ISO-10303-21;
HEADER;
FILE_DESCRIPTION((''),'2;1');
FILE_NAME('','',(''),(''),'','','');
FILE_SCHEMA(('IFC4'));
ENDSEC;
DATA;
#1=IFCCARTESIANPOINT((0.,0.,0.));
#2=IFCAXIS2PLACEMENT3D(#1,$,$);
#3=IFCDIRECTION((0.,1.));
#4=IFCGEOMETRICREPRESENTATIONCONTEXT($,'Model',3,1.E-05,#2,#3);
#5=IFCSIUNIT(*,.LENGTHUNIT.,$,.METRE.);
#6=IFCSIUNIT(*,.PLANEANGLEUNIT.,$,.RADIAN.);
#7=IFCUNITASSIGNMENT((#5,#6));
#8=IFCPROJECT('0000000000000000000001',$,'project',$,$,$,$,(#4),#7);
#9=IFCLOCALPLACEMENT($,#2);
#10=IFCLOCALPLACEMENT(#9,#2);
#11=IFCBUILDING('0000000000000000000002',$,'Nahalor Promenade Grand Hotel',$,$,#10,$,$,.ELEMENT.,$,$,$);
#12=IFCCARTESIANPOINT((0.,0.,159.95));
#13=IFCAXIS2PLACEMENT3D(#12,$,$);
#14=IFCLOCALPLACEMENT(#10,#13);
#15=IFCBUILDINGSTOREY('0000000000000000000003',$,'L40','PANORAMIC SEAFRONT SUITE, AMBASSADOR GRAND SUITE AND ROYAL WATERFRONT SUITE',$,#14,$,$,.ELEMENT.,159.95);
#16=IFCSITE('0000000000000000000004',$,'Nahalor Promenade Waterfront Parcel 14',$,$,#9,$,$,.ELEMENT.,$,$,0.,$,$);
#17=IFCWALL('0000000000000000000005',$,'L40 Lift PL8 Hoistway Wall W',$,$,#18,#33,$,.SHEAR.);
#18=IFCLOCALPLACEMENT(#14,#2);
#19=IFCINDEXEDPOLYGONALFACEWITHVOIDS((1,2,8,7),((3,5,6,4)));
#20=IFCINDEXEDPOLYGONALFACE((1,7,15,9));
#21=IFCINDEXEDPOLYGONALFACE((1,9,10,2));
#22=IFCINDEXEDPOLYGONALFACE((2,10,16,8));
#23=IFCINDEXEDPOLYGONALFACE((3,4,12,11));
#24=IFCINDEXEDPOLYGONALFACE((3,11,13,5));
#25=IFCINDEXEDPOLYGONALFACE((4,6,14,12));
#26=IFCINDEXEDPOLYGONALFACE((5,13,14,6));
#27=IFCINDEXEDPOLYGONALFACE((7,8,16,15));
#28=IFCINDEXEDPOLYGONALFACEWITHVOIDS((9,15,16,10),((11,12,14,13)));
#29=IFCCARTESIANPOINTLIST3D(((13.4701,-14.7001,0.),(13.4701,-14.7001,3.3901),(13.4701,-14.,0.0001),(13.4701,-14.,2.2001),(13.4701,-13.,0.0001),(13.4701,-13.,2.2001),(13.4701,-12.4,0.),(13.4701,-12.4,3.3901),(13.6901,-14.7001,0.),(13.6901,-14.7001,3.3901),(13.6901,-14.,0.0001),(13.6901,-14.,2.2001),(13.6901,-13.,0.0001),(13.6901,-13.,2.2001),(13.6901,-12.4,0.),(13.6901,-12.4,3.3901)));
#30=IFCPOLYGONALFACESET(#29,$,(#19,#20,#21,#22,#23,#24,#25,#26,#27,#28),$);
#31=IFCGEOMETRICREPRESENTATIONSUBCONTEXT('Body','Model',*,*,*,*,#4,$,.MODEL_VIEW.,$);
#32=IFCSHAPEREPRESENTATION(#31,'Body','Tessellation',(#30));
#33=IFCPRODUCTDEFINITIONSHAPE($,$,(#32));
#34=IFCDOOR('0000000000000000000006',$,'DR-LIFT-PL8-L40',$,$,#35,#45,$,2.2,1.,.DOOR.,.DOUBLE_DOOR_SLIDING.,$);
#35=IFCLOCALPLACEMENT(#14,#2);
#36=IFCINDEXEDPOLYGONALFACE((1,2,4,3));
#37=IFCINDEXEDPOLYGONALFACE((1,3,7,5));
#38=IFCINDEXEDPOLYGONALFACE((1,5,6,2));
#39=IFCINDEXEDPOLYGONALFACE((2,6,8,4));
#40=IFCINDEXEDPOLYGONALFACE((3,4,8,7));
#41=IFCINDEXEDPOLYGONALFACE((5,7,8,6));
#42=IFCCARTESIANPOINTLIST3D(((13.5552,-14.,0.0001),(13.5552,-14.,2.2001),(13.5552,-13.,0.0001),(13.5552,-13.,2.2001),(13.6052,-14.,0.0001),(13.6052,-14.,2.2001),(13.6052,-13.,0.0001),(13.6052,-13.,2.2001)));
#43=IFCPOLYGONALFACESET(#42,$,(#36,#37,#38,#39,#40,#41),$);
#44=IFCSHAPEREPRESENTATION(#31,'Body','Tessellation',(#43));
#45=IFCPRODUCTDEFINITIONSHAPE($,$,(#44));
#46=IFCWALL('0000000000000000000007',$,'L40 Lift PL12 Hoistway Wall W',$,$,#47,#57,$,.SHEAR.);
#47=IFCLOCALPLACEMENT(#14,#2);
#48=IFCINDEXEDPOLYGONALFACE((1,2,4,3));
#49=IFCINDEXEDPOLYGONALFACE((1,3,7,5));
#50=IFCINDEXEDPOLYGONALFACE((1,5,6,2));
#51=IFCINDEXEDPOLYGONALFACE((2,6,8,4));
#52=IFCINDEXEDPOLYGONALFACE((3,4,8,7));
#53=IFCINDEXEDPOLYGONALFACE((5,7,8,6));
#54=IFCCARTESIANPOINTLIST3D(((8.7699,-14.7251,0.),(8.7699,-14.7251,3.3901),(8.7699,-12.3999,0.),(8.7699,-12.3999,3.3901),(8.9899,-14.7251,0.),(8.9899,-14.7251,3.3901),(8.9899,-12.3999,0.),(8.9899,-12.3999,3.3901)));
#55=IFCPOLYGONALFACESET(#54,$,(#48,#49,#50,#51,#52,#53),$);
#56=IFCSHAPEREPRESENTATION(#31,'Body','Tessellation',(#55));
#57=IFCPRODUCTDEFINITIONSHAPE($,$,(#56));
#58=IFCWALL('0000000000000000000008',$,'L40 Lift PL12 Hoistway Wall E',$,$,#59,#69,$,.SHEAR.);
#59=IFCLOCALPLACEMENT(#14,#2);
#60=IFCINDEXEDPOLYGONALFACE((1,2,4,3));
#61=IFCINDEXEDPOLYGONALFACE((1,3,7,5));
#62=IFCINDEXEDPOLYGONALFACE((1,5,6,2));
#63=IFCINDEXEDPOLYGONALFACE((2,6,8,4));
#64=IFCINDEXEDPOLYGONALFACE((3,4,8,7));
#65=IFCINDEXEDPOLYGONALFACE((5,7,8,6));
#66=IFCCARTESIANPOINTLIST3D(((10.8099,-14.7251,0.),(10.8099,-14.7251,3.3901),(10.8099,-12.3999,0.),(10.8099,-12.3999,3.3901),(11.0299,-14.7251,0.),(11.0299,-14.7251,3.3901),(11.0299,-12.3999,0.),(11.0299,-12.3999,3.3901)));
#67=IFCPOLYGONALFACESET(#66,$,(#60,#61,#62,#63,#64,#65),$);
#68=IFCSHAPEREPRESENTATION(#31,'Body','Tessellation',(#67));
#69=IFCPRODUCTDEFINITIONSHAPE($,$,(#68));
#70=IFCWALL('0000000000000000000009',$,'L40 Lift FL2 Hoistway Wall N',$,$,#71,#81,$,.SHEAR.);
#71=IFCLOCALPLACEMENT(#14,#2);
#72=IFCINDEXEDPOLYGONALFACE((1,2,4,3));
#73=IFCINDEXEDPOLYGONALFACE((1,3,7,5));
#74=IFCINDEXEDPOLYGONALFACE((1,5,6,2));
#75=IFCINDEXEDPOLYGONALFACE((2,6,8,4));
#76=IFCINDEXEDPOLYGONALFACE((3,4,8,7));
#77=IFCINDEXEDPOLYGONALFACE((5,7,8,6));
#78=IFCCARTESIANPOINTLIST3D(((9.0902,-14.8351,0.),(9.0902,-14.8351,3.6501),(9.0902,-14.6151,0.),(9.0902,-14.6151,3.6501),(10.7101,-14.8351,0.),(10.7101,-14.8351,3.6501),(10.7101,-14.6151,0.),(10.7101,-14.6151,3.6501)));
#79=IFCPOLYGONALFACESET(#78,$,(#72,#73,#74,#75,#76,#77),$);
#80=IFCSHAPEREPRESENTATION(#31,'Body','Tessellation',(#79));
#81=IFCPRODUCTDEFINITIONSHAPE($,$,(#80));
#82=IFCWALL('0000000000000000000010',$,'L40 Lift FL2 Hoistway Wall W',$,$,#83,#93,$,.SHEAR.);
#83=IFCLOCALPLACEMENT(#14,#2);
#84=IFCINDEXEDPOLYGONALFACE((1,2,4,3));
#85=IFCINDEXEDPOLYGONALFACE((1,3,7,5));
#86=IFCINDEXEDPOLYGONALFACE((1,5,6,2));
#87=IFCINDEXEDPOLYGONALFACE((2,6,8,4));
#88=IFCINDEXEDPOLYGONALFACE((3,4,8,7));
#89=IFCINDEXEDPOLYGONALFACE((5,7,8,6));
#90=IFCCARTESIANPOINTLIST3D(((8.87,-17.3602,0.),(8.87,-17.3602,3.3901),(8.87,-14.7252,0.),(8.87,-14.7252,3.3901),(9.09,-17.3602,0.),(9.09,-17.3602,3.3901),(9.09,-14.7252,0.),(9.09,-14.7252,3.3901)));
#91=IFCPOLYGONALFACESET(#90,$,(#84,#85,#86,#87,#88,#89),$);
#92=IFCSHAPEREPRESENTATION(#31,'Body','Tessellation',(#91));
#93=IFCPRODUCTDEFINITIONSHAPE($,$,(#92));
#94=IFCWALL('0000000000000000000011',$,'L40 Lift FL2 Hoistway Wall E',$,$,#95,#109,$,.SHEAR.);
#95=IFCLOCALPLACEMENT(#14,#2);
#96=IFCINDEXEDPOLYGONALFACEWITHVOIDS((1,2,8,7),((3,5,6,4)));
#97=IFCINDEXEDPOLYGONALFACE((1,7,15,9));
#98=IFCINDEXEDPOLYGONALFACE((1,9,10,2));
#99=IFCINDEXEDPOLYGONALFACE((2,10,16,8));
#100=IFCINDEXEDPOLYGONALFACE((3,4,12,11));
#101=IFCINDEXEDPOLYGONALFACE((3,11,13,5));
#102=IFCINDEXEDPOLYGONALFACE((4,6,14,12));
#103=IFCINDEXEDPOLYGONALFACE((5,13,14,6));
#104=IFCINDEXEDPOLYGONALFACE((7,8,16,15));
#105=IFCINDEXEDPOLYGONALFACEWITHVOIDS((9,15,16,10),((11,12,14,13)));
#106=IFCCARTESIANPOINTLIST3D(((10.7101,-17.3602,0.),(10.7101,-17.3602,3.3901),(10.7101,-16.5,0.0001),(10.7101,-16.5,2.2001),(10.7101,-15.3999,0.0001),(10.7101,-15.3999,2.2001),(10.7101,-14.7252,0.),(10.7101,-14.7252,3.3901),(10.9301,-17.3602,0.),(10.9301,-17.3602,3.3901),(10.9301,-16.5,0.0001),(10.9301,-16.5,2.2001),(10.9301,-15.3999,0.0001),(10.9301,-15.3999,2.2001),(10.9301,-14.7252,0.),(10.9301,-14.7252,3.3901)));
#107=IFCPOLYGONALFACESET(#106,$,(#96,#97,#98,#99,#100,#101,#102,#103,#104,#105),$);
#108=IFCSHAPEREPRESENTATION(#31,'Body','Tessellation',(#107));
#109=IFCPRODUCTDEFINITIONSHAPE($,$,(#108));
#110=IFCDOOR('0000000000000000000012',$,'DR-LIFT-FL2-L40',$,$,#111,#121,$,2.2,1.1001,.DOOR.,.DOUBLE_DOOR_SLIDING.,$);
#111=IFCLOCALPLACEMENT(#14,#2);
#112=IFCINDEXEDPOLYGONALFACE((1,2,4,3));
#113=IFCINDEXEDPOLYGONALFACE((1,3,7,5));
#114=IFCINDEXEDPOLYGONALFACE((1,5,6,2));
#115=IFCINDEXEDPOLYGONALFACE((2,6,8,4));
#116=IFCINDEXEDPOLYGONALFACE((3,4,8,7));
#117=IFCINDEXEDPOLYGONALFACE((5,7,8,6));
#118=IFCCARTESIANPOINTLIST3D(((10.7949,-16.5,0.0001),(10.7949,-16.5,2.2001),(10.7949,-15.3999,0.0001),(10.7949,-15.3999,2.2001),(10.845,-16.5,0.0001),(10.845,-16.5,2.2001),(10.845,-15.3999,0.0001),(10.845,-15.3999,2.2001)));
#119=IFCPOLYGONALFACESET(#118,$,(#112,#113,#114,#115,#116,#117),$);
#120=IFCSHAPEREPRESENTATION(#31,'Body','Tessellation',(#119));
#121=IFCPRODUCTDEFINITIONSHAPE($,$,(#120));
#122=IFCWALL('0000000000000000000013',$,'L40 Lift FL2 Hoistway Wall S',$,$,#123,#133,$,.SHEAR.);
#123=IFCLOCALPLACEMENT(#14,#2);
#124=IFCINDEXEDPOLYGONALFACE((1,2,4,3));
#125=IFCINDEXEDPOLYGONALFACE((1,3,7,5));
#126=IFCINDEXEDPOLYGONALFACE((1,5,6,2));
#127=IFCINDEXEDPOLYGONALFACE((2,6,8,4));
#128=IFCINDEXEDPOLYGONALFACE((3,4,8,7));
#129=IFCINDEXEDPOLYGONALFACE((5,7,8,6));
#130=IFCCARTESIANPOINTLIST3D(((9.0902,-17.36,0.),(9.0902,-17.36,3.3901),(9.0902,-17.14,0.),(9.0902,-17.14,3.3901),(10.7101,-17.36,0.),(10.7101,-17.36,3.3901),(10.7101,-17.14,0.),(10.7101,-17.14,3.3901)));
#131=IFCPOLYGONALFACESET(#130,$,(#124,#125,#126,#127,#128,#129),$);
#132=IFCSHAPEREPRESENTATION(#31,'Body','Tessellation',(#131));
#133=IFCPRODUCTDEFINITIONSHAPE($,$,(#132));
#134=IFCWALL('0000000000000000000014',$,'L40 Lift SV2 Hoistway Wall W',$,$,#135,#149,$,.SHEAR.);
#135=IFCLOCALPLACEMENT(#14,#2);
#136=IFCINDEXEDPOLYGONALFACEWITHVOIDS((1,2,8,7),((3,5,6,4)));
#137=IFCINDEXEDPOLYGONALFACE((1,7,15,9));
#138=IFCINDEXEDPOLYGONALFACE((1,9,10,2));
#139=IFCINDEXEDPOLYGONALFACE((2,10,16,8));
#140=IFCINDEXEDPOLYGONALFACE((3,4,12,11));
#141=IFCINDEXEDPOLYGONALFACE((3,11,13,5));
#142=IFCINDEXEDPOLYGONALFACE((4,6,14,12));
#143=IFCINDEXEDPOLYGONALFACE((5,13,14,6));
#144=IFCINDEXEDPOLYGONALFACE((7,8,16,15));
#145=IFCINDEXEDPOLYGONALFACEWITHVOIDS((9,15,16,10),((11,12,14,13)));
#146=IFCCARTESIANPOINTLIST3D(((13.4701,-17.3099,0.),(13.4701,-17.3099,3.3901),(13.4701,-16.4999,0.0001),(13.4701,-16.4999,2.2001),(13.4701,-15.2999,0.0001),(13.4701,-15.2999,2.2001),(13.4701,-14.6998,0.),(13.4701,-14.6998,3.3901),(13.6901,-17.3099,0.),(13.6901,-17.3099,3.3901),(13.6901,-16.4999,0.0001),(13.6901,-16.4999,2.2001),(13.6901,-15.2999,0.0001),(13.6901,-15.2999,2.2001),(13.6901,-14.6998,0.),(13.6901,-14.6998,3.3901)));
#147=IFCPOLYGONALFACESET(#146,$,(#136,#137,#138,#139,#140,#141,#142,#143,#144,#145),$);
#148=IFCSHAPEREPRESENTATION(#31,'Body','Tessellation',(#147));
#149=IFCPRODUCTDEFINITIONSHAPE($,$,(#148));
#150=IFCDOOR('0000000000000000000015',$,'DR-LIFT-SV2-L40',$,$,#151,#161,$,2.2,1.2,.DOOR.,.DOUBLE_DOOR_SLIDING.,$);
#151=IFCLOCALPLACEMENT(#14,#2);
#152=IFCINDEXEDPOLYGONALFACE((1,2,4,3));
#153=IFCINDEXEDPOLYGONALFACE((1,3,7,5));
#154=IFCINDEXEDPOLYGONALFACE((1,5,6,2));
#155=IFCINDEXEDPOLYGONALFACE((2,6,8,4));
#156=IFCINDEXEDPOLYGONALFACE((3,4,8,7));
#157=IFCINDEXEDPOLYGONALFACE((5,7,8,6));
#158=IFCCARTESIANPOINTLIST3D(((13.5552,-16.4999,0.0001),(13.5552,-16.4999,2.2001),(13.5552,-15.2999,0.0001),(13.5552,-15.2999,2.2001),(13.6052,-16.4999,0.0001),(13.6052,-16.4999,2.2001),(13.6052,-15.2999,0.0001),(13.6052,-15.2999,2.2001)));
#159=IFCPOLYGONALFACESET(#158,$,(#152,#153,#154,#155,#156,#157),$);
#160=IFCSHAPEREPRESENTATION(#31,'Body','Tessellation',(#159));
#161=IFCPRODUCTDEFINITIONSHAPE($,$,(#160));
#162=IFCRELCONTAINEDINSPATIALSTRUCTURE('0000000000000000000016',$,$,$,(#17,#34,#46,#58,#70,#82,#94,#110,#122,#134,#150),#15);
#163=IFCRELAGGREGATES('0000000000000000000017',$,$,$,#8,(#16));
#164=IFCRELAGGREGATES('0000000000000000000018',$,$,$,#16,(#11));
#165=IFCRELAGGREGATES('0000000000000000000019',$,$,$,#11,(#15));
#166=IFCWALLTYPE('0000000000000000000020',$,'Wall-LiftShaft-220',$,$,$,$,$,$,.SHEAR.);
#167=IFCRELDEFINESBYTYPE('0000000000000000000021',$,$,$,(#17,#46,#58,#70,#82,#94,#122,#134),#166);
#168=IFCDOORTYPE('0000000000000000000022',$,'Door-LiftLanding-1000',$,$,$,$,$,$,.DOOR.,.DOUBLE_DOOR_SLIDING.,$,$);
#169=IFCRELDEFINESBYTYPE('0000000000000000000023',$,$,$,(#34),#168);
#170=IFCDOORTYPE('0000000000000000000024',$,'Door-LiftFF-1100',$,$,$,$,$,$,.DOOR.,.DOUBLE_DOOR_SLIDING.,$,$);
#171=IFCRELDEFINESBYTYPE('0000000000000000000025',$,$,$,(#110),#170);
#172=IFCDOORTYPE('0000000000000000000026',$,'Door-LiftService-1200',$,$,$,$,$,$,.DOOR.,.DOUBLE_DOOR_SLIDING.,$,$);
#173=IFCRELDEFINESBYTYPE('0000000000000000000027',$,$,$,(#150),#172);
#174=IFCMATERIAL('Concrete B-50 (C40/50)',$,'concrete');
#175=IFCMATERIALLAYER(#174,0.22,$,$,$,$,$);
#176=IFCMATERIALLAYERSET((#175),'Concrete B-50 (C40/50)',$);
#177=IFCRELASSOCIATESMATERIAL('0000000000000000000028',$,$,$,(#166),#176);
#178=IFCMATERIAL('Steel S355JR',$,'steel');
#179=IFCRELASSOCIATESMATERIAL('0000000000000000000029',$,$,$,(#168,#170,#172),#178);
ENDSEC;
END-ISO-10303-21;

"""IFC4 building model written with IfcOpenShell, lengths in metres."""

from ifc_helpers import new_model, si_unit, direction, frame, frame_2d, origin, place, context, subcontext, project, spatial, rectangle, extrude, source, transform, mapped, material, layer, layer_set, type_object, element, fill, save


model = new_model("IFC4")

# Units and contexts
model_context = context("Model", 3, precision=1e-05, world=origin(), true_north=direction((0.0, 1.0)))
body_context = subcontext(model_context, "Body", "Model", "MODEL_VIEW")
ifc_project = project(units=[si_unit("LENGTHUNIT", "METRE"), si_unit("PLANEANGLEUNIT", "RADIAN")], contexts=[model_context])

# Site, building, storey
site_placement = place(None, origin())
site = spatial("IfcSite", under=ifc_project, at=site_placement, Name="Nahalor Promenade Waterfront Parcel 14", CompositionType="ELEMENT", RefElevation=0.0)
building_placement = place(site_placement, origin())
building = spatial("IfcBuilding", under=site, at=building_placement, Name="Nahalor Promenade Grand Hotel", CompositionType="ELEMENT")
storey_placement = place(building_placement, frame((0.0, 0.0, 159.95)))
storey = spatial("IfcBuildingStorey", under=building, at=storey_placement, Name="L40", Description="PANORAMIC SEAFRONT SUITE, AMBASSADOR GRAND SUITE AND ROYAL WATERFRONT SUITE", CompositionType="ELEMENT", Elevation=159.95)

# Shared definitions
ifc_material_1 = material(Name="Steel S355JR", Category="steel")

# Shared definitions
ifc_material_2 = material(Name="Concrete B-50 (C40/50)", Category="concrete")

# Shared definitions
ifc_layer_1 = layer(ifc_material_2, 0.22)
ifc_layer_set_1 = layer_set([ifc_layer_1], Name="Concrete B-50 (C40/50)")
wall_type_1 = type_object("IfcWallType", Name="Wall-LiftShaft-220", PredefinedType="SHEAR", material=ifc_layer_set_1)

# Wall, opening, door
shared_shape_1 = source(origin(), body_context, "Body", "SweptSolid", [
    extrude(rectangle(XDim=2.3, YDim=0.22, at=frame_2d((1.1499, 0.0))), origin(), (0.0, 0.0, 1.0), 3.3901),
])
wall_1_placement = place(storey_placement, frame((13.5801, -14.7, 0.0), z_axis=(0.0, 0.0, 1.0), x_axis=(0.0, 1.0, 0.0)))
wall_1 = element("IfcWall", 1, at=wall_1_placement, inside=storey, type_object=wall_type_1, Name="L40 Lift PL8 Hoistway Wall W", PredefinedType="SHEAR", context=body_context, shape_type="MappedRepresentation", body=[
    mapped(shared_shape_1, transform((0.0, 0.0, 0.0), scale=1.0)),
])
opening_1_placement = place(wall_1_placement, frame((0.7, 0.0, 0.0)))
opening_1 = element("IfcOpeningElement", 2, at=opening_1_placement, cuts=wall_1, PredefinedType="OPENING", context=body_context, shape_type="SweptSolid", body=[
    extrude(rectangle(XDim=1.0, YDim=2.2, at=frame_2d((0.5, 1.1001))), frame((0.0, 0.1199, 0.0), z_axis=(0.0, -1.0, 0.0), x_axis=(1.0, 0.0, 0.0)), (0.0, 0.0, 1.0), 0.24),
])
door_type_1 = type_object("IfcDoorType", Name="Door-LiftLanding-1000", OperationType="DOUBLE_DOOR_SLIDING", PredefinedType="DOOR", material=ifc_material_1)
shared_shape_2 = source(origin(), body_context, "Body", "SweptSolid", [
    extrude(rectangle(XDim=1.0, YDim=2.2, at=frame_2d((0.5, 1.1001))), frame((0.0, 0.0249, 0.0), z_axis=(0.0, -1.0, 0.0), x_axis=(1.0, 0.0, 0.0)), (0.0, 0.0, 1.0), 0.05),
])
door_1_placement = place(opening_1_placement, origin())
door_1 = element("IfcDoor", 3, at=door_1_placement, inside=storey, type_object=door_type_1, Name="DR-LIFT-PL8-L40", OperationType="DOUBLE_DOOR_SLIDING", OverallHeight=2.2, OverallWidth=1.0, PredefinedType="DOOR", context=body_context, shape_type="MappedRepresentation", body=[
    mapped(shared_shape_2, transform((0.0, 0.0, 0.0), scale=1.0)),
])
fill(opening_1, door_1)

# Walls
shared_shape_3 = source(origin(), body_context, "Body", "SweptSolid", [
    extrude(rectangle(XDim=2.3252, YDim=0.22, at=frame_2d((1.1626, 0.0))), origin(), (0.0, 0.0, 1.0), 3.3901),
])
for number, where, z_axis, x_axis, name in (
    (4, (8.8799, -14.7251, 0.0), (0.0, 0.0, 1.0), (0.0, 1.0, 0.0), "L40 Lift PL12 Hoistway Wall W"),
    (5, (10.9199, -14.7251, 0.0), (0.0, 0.0, 1.0), (0.0, 1.0, 0.0), "L40 Lift PL12 Hoistway Wall E"),
):
    element("IfcWall", number, at=place(storey_placement, frame(where, z_axis=z_axis, x_axis=x_axis)), inside=storey, type_object=wall_type_1, Name=name, PredefinedType="SHEAR", context=body_context, shape_type="MappedRepresentation", body=[
        mapped(shared_shape_3, transform((0.0, 0.0, 0.0), scale=1.0)),
    ])
shared_shape_4 = source(origin(), body_context, "Body", "SweptSolid", [
    extrude(rectangle(XDim=1.6199, YDim=0.22, at=frame_2d((0.8101, 0.0))), origin(), (0.0, 0.0, 1.0), 3.6501),
])
wall_2_placement = place(storey_placement, frame((9.0901, -14.7251, 0.0), z_axis=(0.0, 0.0, 1.0), x_axis=(1.0, 0.0, 0.0)))
element("IfcWall", 6, at=wall_2_placement, inside=storey, type_object=wall_type_1, Name="L40 Lift FL2 Hoistway Wall N", PredefinedType="SHEAR", context=body_context, shape_type="MappedRepresentation", body=[
    mapped(shared_shape_4, transform((0.0, 0.0, 0.0), scale=1.0)),
])
shared_shape_5 = source(origin(), body_context, "Body", "SweptSolid", [
    extrude(rectangle(XDim=2.635, YDim=0.22, at=frame_2d((1.3174, 0.0))), origin(), (0.0, 0.0, 1.0), 3.3901),
])
wall_3_placement = place(storey_placement, frame((8.98, -17.3601, 0.0), z_axis=(0.0, 0.0, 1.0), x_axis=(0.0, 1.0, 0.0)))
element("IfcWall", 7, at=wall_3_placement, inside=storey, type_object=wall_type_1, Name="L40 Lift FL2 Hoistway Wall W", PredefinedType="SHEAR", context=body_context, shape_type="MappedRepresentation", body=[
    mapped(shared_shape_5, transform((0.0, 0.0, 0.0), scale=1.0)),
])

# Wall, opening, door
wall_4_placement = place(storey_placement, frame((10.8201, -17.3601, 0.0), z_axis=(0.0, 0.0, 1.0), x_axis=(0.0, 1.0, 0.0)))
wall_4 = element("IfcWall", 8, at=wall_4_placement, inside=storey, type_object=wall_type_1, Name="L40 Lift FL2 Hoistway Wall E", PredefinedType="SHEAR", context=body_context, shape_type="MappedRepresentation", body=[
    mapped(shared_shape_5, transform((0.0, 0.0, 0.0), scale=1.0)),
])
opening_2_placement = place(wall_4_placement, frame((0.8601, 0.0, 0.0)))
opening_2 = element("IfcOpeningElement", 9, at=opening_2_placement, cuts=wall_4, PredefinedType="OPENING", context=body_context, shape_type="SweptSolid", body=[
    extrude(rectangle(XDim=1.1001, YDim=2.2, at=frame_2d((0.55, 1.1001))), frame((0.0, 0.1199, 0.0), z_axis=(0.0, -1.0, 0.0), x_axis=(1.0, 0.0, 0.0)), (0.0, 0.0, 1.0), 0.24),
])
door_type_2 = type_object("IfcDoorType", Name="Door-LiftFF-1100", OperationType="DOUBLE_DOOR_SLIDING", PredefinedType="DOOR", material=ifc_material_1)
shared_shape_6 = source(origin(), body_context, "Body", "SweptSolid", [
    extrude(rectangle(XDim=1.1001, YDim=2.2, at=frame_2d((0.55, 1.1001))), frame((0.0, 0.0249, 0.0), z_axis=(0.0, -1.0, 0.0), x_axis=(1.0, 0.0, 0.0)), (0.0, 0.0, 1.0), 0.05),
])
door_2_placement = place(opening_2_placement, frame((1.1001, 0.0, 0.0), z_axis=(0.0, 0.0, 1.0), x_axis=(-1.0, 0.0, 0.0)))
door_2 = element("IfcDoor", 10, at=door_2_placement, inside=storey, type_object=door_type_2, Name="DR-LIFT-FL2-L40", OperationType="DOUBLE_DOOR_SLIDING", OverallHeight=2.2, OverallWidth=1.1001, PredefinedType="DOOR", context=body_context, shape_type="MappedRepresentation", body=[
    mapped(shared_shape_6, transform((0.0, 0.0, 0.0), scale=1.0)),
])
fill(opening_2, door_2)

# Wall
shared_shape_7 = source(origin(), body_context, "Body", "SweptSolid", [
    extrude(rectangle(XDim=1.6199, YDim=0.22, at=frame_2d((0.8101, 0.0))), origin(), (0.0, 0.0, 1.0), 3.3901),
])
wall_5_placement = place(storey_placement, frame((9.0901, -17.25, 0.0), z_axis=(0.0, 0.0, 1.0), x_axis=(1.0, 0.0, 0.0)))
element("IfcWall", 11, at=wall_5_placement, inside=storey, type_object=wall_type_1, Name="L40 Lift FL2 Hoistway Wall S", PredefinedType="SHEAR", context=body_context, shape_type="MappedRepresentation", body=[
    mapped(shared_shape_7, transform((0.0, 0.0, 0.0), scale=1.0)),
])

# Wall, opening, door
shared_shape_8 = source(origin(), body_context, "Body", "SweptSolid", [
    extrude(rectangle(XDim=2.6101, YDim=0.22, at=frame_2d((1.3052, 0.0))), origin(), (0.0, 0.0, 1.0), 3.3901),
])
wall_6_placement = place(storey_placement, frame((13.5801, -17.3101, 0.0), z_axis=(0.0, 0.0, 1.0), x_axis=(0.0, 1.0, 0.0)))
wall_6 = element("IfcWall", 12, at=wall_6_placement, inside=storey, type_object=wall_type_1, Name="L40 Lift SV2 Hoistway Wall W", PredefinedType="SHEAR", context=body_context, shape_type="MappedRepresentation", body=[
    mapped(shared_shape_8, transform((0.0, 0.0, 0.0), scale=1.0)),
])
opening_3_placement = place(wall_6_placement, frame((0.8101, 0.0, 0.0)))
opening_3 = element("IfcOpeningElement", 13, at=opening_3_placement, cuts=wall_6, PredefinedType="OPENING", context=body_context, shape_type="SweptSolid", body=[
    extrude(rectangle(XDim=1.2, YDim=2.2, at=frame_2d((0.6001, 1.1001))), frame((0.0, 0.1199, 0.0), z_axis=(0.0, -1.0, 0.0), x_axis=(1.0, 0.0, 0.0)), (0.0, 0.0, 1.0), 0.24),
])
door_type_3 = type_object("IfcDoorType", Name="Door-LiftService-1200", OperationType="DOUBLE_DOOR_SLIDING", PredefinedType="DOOR", material=ifc_material_1)
shared_shape_9 = source(origin(), body_context, "Body", "SweptSolid", [
    extrude(rectangle(XDim=1.2, YDim=2.2, at=frame_2d((0.6001, 1.1001))), frame((0.0, 0.0249, 0.0), z_axis=(0.0, -1.0, 0.0), x_axis=(1.0, 0.0, 0.0)), (0.0, 0.0, 1.0), 0.05),
])
door_3_placement = place(opening_3_placement, origin())
door_3 = element("IfcDoor", 14, at=door_3_placement, inside=storey, type_object=door_type_3, Name="DR-LIFT-SV2-L40", OperationType="DOUBLE_DOOR_SLIDING", OverallHeight=2.2, OverallWidth=1.2, PredefinedType="DOOR", context=body_context, shape_type="MappedRepresentation", body=[
    mapped(shared_shape_9, transform((0.0, 0.0, 0.0), scale=1.0)),
])
fill(opening_3, door_3)

save(model, "model.ifc")
